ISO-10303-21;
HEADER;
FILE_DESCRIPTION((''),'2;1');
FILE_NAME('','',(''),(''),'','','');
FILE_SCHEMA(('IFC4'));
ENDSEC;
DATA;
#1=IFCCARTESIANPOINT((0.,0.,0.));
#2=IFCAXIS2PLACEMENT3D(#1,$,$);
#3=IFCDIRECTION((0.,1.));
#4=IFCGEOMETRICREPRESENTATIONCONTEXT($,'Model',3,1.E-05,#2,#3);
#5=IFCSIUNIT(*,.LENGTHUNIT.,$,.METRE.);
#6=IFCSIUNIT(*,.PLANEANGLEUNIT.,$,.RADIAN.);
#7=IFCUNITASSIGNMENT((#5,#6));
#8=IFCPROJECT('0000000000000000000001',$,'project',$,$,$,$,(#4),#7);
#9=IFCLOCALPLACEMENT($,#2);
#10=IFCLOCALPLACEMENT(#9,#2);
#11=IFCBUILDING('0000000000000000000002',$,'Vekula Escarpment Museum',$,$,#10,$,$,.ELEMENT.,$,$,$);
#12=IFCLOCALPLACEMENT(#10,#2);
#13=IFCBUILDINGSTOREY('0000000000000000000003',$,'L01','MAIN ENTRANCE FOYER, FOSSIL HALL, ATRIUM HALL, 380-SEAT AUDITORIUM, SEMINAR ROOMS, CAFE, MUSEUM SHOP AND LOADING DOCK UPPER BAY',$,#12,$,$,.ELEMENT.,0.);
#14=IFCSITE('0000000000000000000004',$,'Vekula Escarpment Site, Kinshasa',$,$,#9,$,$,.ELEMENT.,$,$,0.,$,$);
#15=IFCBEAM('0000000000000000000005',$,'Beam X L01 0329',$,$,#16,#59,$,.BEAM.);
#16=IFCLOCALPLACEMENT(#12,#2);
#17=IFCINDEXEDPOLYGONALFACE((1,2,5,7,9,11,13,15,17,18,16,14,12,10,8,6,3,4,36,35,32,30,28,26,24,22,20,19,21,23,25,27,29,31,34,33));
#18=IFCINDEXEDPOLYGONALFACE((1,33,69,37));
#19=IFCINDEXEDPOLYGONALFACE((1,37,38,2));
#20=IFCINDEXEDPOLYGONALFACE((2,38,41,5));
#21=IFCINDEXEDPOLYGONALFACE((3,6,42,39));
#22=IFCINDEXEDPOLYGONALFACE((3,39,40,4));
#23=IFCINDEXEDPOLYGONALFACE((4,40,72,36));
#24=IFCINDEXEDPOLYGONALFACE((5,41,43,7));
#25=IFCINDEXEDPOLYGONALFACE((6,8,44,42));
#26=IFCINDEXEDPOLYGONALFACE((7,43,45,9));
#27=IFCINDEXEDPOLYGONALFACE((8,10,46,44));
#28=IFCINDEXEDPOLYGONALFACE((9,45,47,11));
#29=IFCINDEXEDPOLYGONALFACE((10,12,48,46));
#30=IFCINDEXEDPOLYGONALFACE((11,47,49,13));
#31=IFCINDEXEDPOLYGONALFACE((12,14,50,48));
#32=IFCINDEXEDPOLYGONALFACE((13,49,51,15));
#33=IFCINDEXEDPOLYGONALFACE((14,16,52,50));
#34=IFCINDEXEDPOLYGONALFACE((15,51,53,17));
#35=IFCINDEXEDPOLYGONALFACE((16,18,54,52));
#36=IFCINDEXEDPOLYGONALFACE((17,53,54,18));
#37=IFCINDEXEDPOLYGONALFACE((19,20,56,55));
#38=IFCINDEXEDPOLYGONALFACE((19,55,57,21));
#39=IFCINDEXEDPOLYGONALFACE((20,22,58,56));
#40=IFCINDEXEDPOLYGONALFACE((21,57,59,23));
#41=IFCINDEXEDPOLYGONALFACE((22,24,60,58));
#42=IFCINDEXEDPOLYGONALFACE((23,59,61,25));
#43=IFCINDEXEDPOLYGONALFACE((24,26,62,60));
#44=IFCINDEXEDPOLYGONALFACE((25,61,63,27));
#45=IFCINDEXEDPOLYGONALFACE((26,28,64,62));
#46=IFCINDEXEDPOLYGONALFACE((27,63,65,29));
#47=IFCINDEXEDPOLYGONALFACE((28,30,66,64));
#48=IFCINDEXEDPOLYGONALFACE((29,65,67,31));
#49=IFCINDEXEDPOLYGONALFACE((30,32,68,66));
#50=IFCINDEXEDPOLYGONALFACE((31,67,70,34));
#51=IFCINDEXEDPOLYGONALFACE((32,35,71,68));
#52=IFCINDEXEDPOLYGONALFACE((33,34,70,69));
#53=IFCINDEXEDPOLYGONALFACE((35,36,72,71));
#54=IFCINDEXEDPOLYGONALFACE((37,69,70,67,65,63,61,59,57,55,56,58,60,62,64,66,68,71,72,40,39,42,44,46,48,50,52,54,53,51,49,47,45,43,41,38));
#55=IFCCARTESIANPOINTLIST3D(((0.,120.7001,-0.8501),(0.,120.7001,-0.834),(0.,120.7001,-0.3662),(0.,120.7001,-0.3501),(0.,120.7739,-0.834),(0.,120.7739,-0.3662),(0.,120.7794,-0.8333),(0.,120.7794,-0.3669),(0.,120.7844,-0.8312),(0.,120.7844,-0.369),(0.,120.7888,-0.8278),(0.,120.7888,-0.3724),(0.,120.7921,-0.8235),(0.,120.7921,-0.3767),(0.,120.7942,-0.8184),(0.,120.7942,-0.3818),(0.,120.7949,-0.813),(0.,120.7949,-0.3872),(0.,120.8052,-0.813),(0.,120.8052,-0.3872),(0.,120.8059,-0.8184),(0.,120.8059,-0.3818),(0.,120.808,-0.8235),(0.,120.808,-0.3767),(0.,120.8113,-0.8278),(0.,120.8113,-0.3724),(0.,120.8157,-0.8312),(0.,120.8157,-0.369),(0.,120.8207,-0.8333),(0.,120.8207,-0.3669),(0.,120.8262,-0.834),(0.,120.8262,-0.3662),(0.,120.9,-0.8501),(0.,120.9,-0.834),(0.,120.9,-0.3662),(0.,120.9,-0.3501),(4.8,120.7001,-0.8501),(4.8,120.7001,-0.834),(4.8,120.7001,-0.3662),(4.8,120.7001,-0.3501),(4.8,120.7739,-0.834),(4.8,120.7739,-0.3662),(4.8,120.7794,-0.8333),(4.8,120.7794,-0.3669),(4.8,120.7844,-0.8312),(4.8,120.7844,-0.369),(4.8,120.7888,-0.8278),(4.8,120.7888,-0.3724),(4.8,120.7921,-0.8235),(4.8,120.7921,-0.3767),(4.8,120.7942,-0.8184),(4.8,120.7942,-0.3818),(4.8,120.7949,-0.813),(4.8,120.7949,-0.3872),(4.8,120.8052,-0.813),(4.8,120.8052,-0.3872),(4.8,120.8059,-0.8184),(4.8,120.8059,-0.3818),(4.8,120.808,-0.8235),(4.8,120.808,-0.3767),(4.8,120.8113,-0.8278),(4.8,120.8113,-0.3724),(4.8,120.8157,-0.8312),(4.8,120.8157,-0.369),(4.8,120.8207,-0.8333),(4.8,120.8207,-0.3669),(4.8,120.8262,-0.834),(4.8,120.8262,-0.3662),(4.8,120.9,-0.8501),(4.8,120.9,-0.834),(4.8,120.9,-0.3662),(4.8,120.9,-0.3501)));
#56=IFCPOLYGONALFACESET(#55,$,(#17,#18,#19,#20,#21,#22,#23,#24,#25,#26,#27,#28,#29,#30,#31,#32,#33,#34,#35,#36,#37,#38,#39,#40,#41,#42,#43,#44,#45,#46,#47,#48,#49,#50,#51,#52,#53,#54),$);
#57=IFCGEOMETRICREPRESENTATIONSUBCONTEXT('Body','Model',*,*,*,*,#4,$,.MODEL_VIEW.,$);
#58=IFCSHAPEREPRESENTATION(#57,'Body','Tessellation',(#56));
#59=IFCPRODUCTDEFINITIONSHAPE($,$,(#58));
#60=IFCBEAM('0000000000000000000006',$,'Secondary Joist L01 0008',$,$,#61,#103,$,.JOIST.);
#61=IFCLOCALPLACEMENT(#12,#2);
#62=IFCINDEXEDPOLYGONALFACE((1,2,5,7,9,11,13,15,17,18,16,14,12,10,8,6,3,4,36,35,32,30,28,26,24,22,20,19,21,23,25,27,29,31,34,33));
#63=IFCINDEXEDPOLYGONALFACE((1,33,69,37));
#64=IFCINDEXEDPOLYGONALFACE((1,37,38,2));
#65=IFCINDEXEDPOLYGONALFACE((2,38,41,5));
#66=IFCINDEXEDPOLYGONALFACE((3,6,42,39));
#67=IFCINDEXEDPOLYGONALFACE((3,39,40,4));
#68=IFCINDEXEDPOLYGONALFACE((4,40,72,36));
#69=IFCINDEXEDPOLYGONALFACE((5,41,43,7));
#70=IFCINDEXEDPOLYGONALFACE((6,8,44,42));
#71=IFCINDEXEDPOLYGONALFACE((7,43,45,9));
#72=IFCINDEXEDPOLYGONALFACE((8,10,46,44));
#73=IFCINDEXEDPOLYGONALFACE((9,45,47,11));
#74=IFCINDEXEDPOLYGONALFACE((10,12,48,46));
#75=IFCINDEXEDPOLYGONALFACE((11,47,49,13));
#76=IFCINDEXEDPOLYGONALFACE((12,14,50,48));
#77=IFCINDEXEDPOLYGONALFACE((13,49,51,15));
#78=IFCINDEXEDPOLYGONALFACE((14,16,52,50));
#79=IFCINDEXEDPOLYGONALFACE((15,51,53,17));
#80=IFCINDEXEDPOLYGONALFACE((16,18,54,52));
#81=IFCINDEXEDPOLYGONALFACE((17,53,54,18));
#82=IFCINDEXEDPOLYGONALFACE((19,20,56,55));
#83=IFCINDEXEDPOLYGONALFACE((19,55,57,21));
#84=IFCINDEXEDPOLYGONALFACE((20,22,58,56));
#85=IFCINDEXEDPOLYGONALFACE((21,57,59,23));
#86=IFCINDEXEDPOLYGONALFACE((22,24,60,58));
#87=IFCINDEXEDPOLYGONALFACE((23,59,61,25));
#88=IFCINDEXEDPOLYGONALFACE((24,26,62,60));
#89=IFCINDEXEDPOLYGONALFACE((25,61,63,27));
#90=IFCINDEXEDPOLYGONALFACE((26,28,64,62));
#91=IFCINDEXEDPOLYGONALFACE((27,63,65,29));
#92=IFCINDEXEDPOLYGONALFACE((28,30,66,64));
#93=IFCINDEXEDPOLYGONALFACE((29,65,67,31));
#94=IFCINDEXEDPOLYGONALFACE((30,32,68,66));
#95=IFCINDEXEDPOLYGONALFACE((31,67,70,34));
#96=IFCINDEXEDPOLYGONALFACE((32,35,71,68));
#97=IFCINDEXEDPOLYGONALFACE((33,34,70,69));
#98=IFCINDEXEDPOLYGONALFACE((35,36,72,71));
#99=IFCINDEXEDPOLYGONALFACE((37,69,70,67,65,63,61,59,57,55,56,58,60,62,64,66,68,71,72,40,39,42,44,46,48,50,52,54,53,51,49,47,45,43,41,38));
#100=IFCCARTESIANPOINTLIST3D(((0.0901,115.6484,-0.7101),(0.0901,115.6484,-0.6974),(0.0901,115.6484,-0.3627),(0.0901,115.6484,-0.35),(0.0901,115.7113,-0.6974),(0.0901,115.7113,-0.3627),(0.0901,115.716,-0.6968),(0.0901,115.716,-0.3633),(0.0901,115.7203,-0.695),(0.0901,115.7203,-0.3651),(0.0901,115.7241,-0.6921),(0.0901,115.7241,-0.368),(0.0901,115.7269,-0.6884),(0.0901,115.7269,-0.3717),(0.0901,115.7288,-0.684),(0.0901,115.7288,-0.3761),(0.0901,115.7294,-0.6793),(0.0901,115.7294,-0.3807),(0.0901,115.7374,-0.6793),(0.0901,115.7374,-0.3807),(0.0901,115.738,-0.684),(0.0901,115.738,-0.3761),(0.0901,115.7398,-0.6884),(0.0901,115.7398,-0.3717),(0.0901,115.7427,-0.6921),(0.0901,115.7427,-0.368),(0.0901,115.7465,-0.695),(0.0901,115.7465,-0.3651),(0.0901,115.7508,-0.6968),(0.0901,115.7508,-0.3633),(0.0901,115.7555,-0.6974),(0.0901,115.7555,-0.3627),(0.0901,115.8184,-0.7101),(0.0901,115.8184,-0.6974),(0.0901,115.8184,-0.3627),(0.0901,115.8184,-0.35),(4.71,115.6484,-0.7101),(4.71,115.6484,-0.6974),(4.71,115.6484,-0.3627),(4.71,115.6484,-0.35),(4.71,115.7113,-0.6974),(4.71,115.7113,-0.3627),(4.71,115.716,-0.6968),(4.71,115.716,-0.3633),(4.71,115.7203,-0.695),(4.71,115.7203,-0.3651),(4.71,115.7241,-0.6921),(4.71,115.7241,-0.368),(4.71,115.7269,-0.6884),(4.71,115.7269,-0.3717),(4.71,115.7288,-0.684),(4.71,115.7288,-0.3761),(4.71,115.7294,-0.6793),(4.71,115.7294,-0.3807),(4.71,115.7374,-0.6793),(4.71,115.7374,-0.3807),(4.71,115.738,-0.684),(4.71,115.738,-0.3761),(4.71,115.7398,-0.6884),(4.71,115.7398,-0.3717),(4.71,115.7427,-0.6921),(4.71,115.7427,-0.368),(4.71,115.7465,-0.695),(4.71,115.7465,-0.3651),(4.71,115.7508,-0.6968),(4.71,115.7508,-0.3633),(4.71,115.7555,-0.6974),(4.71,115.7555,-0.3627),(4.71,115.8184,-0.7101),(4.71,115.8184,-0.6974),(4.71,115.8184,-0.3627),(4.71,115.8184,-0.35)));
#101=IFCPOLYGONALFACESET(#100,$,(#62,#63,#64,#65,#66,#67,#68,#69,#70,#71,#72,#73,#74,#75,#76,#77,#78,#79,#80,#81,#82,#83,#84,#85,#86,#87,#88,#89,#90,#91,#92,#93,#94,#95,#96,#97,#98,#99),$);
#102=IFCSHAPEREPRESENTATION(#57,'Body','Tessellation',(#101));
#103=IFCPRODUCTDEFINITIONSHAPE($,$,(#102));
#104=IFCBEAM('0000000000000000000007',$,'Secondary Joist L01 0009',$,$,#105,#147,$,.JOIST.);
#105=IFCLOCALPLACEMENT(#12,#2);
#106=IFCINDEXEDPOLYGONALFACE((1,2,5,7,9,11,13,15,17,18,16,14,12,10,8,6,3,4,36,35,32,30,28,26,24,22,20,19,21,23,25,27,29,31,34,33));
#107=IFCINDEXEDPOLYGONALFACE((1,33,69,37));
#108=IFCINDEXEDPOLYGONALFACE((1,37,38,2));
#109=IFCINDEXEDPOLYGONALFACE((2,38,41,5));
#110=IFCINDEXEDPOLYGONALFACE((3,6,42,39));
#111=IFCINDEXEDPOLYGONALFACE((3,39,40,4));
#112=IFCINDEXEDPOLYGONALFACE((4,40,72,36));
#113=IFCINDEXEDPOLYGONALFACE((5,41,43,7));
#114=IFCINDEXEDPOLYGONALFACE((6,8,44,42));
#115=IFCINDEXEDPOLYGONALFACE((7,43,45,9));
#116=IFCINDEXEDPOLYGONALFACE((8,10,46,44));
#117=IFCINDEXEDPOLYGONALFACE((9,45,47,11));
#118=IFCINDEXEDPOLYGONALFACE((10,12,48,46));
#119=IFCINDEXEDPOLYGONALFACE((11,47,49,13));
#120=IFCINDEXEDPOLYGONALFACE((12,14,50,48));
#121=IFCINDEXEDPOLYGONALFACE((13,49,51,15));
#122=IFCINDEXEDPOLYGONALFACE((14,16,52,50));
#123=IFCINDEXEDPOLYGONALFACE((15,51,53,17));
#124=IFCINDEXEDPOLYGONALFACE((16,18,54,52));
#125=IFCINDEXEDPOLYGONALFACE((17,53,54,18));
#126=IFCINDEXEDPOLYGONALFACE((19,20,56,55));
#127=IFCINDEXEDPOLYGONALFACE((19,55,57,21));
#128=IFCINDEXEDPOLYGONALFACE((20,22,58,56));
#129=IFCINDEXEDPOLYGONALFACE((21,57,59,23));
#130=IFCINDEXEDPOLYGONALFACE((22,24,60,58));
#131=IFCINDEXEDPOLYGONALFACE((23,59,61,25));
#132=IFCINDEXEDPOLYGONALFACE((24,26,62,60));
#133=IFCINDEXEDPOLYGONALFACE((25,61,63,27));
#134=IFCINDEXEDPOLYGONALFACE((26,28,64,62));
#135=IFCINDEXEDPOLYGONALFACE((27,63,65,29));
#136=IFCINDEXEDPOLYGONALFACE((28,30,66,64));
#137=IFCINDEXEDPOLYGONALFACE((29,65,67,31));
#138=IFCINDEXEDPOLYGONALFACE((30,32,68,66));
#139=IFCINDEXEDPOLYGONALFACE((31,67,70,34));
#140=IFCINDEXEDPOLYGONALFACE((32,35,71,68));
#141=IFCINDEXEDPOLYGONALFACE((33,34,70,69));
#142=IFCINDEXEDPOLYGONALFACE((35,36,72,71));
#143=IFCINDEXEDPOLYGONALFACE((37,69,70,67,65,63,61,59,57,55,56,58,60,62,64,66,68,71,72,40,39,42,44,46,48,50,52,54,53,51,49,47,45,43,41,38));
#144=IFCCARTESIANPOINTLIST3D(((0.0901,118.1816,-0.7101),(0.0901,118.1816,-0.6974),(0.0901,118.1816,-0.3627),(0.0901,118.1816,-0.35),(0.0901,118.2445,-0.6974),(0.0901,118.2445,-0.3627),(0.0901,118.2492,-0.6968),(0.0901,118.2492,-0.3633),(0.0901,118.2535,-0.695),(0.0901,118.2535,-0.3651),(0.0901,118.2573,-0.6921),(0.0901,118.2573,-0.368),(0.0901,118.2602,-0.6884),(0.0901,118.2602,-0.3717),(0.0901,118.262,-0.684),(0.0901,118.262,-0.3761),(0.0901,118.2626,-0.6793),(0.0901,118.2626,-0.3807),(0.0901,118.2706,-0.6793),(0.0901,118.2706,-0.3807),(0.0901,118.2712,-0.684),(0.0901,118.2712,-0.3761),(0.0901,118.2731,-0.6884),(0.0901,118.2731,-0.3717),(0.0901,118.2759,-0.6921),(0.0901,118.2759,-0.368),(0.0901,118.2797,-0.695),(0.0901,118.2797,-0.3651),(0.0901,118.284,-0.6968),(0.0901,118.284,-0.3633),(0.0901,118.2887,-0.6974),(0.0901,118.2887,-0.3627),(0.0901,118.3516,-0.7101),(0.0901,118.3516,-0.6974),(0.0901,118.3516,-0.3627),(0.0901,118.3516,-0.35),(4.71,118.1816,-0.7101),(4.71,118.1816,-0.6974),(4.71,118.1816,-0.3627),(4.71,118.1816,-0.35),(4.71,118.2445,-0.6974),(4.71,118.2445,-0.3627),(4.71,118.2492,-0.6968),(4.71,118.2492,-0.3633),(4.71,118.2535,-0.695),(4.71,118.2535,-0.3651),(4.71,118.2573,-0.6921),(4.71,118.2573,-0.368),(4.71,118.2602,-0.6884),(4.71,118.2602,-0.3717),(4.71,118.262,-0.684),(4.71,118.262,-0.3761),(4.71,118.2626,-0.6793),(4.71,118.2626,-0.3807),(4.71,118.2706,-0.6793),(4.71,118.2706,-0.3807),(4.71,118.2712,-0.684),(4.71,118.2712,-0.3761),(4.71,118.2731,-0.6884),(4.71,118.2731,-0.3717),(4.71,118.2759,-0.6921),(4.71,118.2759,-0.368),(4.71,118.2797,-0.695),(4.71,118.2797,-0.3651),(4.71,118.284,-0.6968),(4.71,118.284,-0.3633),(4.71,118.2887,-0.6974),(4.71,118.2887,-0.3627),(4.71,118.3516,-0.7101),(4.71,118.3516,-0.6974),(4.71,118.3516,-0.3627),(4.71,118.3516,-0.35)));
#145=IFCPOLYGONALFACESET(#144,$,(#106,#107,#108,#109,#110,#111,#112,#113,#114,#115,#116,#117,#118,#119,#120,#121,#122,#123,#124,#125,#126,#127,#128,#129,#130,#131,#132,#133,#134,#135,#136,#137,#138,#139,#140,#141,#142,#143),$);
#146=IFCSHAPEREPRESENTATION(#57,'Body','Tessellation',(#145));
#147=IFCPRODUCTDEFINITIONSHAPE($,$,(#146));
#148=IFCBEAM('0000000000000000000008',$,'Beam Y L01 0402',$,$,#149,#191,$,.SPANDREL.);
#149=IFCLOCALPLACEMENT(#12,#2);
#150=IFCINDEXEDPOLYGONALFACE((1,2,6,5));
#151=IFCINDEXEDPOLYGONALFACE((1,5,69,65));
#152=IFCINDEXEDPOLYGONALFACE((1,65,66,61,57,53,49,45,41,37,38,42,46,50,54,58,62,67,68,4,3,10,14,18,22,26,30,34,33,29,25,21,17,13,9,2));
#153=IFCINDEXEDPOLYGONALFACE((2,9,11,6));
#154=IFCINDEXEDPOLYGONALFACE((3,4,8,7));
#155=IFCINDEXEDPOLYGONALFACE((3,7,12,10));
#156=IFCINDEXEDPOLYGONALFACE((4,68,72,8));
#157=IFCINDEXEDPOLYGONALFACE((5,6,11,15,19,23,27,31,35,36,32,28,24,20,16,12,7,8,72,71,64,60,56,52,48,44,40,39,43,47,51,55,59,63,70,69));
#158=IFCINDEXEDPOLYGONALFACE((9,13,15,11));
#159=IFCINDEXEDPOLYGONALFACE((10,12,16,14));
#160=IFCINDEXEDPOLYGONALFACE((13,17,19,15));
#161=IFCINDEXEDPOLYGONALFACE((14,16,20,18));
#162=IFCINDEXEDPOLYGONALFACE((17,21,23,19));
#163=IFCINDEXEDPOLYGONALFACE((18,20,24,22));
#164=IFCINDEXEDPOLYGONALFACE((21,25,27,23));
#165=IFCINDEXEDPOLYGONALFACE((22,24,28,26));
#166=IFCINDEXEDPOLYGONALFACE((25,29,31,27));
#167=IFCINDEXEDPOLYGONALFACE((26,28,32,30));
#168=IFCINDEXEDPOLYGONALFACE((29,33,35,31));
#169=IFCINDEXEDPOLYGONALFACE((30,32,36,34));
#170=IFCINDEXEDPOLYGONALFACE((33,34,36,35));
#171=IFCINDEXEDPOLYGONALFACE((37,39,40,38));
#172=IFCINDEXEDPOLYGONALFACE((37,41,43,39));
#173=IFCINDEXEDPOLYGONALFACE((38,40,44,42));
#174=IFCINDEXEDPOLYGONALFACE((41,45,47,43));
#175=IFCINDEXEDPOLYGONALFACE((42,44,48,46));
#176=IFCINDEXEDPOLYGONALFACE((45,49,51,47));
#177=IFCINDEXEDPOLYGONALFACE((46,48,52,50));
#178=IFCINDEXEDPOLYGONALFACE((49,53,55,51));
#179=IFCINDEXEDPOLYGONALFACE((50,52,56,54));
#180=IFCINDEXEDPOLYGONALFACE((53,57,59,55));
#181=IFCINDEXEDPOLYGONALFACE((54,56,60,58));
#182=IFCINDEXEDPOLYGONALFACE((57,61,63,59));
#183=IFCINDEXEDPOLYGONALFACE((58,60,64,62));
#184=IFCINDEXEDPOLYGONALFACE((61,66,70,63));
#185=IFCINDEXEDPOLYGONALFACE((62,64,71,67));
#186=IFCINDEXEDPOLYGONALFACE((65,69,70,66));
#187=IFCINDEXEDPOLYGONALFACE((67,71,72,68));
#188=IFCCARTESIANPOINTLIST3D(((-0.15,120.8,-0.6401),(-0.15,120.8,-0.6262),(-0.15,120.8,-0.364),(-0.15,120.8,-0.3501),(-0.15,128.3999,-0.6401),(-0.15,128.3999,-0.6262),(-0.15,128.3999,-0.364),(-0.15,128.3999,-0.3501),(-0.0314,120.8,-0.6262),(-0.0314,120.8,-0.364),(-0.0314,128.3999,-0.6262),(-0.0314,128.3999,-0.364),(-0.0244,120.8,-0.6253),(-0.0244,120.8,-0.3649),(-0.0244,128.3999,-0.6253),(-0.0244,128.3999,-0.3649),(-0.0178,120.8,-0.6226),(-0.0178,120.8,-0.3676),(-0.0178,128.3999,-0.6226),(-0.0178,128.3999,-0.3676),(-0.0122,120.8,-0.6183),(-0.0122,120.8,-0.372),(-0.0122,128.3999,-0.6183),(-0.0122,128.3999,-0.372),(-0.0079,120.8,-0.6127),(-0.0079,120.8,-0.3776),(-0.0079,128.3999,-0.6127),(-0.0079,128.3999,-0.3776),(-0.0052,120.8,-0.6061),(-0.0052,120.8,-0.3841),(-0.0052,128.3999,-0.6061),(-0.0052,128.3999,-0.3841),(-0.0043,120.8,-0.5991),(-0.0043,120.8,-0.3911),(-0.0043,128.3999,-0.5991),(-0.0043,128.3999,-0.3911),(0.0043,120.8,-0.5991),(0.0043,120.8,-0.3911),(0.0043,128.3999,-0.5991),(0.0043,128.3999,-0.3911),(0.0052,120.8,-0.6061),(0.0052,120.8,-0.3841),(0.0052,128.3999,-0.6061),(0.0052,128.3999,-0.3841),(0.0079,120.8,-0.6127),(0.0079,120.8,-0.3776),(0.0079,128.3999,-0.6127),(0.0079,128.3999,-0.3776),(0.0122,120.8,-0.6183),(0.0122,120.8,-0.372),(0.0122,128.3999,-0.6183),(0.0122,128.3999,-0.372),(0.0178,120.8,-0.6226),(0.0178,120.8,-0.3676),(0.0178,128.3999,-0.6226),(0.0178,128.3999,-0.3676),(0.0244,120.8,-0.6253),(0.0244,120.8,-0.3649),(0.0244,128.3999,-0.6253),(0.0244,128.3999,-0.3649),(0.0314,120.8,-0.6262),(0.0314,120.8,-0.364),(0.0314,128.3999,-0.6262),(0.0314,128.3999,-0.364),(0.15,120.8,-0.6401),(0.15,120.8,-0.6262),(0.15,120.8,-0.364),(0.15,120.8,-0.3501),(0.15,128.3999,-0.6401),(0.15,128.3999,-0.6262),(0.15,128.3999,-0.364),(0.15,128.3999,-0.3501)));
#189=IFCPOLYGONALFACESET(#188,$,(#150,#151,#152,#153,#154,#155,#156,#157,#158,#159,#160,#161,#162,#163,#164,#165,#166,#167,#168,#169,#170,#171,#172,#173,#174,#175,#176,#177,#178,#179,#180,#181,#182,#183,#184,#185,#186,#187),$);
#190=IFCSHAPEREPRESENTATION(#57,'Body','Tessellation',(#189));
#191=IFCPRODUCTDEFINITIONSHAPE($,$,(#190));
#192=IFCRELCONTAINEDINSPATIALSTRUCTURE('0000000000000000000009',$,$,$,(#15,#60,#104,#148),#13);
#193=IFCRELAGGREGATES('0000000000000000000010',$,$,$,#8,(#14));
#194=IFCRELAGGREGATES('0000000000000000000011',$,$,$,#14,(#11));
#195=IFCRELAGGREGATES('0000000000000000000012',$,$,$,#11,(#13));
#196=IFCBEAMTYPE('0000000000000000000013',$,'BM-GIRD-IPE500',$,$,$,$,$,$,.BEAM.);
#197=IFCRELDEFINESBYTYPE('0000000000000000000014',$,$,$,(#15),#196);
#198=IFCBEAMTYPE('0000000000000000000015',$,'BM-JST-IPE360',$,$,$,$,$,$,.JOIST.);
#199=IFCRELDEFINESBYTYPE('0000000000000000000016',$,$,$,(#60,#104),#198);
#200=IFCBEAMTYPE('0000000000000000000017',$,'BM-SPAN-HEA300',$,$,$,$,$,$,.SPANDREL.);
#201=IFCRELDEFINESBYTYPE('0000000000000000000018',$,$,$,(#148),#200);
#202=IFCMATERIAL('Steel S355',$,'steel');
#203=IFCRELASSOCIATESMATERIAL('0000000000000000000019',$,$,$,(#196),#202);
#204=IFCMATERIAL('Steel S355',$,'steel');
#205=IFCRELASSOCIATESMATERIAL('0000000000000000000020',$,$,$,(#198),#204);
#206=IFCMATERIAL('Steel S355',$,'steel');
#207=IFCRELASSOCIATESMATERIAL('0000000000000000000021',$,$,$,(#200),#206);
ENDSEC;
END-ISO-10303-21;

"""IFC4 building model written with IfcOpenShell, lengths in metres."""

from ifc_helpers import new_model, si_unit, direction, frame, origin, origin_2d, place, context, subcontext, project, spatial, i_section, extrude, material, material_profile, profile_set, type_object, element, save


model = new_model("IFC4")

# Units and contexts
model_context = context("Model", 3, precision=1e-05, world=origin(), true_north=direction((0.0, 1.0)))
body_context = subcontext(model_context, "Body", "Model", "MODEL_VIEW")
ifc_project = project(units=[si_unit("LENGTHUNIT", "METRE"), si_unit("PLANEANGLEUNIT", "RADIAN")], contexts=[model_context])

# Site, building, storey
site_placement = place(None, origin())
site = spatial("IfcSite", under=ifc_project, at=site_placement, Name="Vekula Escarpment Site, Kinshasa", CompositionType="ELEMENT", RefElevation=0.0)
building_placement = place(site_placement, origin())
building = spatial("IfcBuilding", under=site, at=building_placement, Name="Vekula Escarpment Museum", CompositionType="ELEMENT")
storey_placement = place(building_placement, origin())
storey = spatial("IfcBuildingStorey", under=building, at=storey_placement, Name="L01", Description="MAIN ENTRANCE FOYER, FOSSIL HALL, ATRIUM HALL, 380-SEAT AUDITORIUM, SEMINAR ROOMS, CAFE, MUSEUM SHOP AND LOADING DOCK UPPER BAY", CompositionType="ELEMENT", Elevation=0.0)

# Beams
ifc_material_1 = material(Name="Steel S355", Category="steel")
ifc_material_profile_1 = material_profile(ifc_material_1, i_section(OverallWidth=0.2, OverallDepth=0.5, WebThickness=0.0103, FlangeThickness=0.0161, FilletRadius=0.021, at=origin_2d()), Name="IPE 500")
ifc_profile_set_1 = profile_set([ifc_material_profile_1], Name="Steel S355")
beam_type_1 = type_object("IfcBeamType", Name="BM-GIRD-IPE500", PredefinedType="BEAM", material=ifc_profile_set_1)
beam_1_placement = place(storey_placement, frame((0.0, 120.8, -0.6001), z_axis=(1.0, 0.0, 0.0), x_axis=(0.0, 1.0, 0.0)))
element("IfcBeam", 1, at=beam_1_placement, inside=storey, type_object=beam_type_1, Name="Beam X L01 0329", PredefinedType="BEAM", context=body_context, shape_type="SweptSolid", body=[
    extrude(i_section(OverallWidth=0.2, OverallDepth=0.5, WebThickness=0.0103, FlangeThickness=0.0161, FilletRadius=0.021, at=origin_2d()), origin(), (0.0, 0.0, 1.0), 4.8),
])
ifc_material_2 = material(Name="Steel S355", Category="steel")
ifc_material_profile_2 = material_profile(ifc_material_2, i_section(OverallWidth=0.1699, OverallDepth=0.3601, WebThickness=0.0081, FlangeThickness=0.0127, FilletRadius=0.0181, at=origin_2d()), Name="IPE 360")
ifc_profile_set_2 = profile_set([ifc_material_profile_2], Name="Steel S355")
beam_type_2 = type_object("IfcBeamType", Name="BM-JST-IPE360", PredefinedType="JOIST", material=ifc_profile_set_2)
for number, where, z_axis, x_axis, name in (
    (2, (0.0901, 115.7334, -0.53), (1.0, 0.0, 0.0), (0.0, 1.0, 0.0), "Secondary Joist L01 0008"),
    (3, (0.0901, 118.2666, -0.53), (1.0, 0.0, 0.0), (0.0, 1.0, 0.0), "Secondary Joist L01 0009"),
):
    element("IfcBeam", number, at=place(storey_placement, frame(where, z_axis=z_axis, x_axis=x_axis)), inside=storey, type_object=beam_type_2, Name=name, PredefinedType="JOIST", context=body_context, shape_type="SweptSolid", body=[
        extrude(i_section(OverallWidth=0.1699, OverallDepth=0.3601, WebThickness=0.0081, FlangeThickness=0.0127, FilletRadius=0.0181, at=origin_2d()), origin(), (0.0, 0.0, 1.0), 4.6199),
    ])
ifc_material_3 = material(Name="Steel S355", Category="steel")
ifc_material_profile_3 = material_profile(ifc_material_3, i_section(OverallWidth=0.3, OverallDepth=0.29, WebThickness=0.0085, FlangeThickness=0.0139, FilletRadius=0.0271, at=origin_2d()), Name="HEA 300")
ifc_profile_set_3 = profile_set([ifc_material_profile_3], Name="Steel S355")
beam_type_3 = type_object("IfcBeamType", Name="BM-SPAN-HEA300", PredefinedType="SPANDREL", material=ifc_profile_set_3)
beam_2_placement = place(storey_placement, frame((0.0, 120.8, -0.4951), z_axis=(0.0, 1.0, 0.0), x_axis=(-1.0, 0.0, 0.0)))
element("IfcBeam", 4, at=beam_2_placement, inside=storey, type_object=beam_type_3, Name="Beam Y L01 0402", PredefinedType="SPANDREL", context=body_context, shape_type="SweptSolid", body=[
    extrude(i_section(OverallWidth=0.3, OverallDepth=0.29, WebThickness=0.0085, FlangeThickness=0.0139, FilletRadius=0.0271, at=origin_2d()), origin(), (0.0, 0.0, 1.0), 7.5999),
])

save(model, "model.ifc")
